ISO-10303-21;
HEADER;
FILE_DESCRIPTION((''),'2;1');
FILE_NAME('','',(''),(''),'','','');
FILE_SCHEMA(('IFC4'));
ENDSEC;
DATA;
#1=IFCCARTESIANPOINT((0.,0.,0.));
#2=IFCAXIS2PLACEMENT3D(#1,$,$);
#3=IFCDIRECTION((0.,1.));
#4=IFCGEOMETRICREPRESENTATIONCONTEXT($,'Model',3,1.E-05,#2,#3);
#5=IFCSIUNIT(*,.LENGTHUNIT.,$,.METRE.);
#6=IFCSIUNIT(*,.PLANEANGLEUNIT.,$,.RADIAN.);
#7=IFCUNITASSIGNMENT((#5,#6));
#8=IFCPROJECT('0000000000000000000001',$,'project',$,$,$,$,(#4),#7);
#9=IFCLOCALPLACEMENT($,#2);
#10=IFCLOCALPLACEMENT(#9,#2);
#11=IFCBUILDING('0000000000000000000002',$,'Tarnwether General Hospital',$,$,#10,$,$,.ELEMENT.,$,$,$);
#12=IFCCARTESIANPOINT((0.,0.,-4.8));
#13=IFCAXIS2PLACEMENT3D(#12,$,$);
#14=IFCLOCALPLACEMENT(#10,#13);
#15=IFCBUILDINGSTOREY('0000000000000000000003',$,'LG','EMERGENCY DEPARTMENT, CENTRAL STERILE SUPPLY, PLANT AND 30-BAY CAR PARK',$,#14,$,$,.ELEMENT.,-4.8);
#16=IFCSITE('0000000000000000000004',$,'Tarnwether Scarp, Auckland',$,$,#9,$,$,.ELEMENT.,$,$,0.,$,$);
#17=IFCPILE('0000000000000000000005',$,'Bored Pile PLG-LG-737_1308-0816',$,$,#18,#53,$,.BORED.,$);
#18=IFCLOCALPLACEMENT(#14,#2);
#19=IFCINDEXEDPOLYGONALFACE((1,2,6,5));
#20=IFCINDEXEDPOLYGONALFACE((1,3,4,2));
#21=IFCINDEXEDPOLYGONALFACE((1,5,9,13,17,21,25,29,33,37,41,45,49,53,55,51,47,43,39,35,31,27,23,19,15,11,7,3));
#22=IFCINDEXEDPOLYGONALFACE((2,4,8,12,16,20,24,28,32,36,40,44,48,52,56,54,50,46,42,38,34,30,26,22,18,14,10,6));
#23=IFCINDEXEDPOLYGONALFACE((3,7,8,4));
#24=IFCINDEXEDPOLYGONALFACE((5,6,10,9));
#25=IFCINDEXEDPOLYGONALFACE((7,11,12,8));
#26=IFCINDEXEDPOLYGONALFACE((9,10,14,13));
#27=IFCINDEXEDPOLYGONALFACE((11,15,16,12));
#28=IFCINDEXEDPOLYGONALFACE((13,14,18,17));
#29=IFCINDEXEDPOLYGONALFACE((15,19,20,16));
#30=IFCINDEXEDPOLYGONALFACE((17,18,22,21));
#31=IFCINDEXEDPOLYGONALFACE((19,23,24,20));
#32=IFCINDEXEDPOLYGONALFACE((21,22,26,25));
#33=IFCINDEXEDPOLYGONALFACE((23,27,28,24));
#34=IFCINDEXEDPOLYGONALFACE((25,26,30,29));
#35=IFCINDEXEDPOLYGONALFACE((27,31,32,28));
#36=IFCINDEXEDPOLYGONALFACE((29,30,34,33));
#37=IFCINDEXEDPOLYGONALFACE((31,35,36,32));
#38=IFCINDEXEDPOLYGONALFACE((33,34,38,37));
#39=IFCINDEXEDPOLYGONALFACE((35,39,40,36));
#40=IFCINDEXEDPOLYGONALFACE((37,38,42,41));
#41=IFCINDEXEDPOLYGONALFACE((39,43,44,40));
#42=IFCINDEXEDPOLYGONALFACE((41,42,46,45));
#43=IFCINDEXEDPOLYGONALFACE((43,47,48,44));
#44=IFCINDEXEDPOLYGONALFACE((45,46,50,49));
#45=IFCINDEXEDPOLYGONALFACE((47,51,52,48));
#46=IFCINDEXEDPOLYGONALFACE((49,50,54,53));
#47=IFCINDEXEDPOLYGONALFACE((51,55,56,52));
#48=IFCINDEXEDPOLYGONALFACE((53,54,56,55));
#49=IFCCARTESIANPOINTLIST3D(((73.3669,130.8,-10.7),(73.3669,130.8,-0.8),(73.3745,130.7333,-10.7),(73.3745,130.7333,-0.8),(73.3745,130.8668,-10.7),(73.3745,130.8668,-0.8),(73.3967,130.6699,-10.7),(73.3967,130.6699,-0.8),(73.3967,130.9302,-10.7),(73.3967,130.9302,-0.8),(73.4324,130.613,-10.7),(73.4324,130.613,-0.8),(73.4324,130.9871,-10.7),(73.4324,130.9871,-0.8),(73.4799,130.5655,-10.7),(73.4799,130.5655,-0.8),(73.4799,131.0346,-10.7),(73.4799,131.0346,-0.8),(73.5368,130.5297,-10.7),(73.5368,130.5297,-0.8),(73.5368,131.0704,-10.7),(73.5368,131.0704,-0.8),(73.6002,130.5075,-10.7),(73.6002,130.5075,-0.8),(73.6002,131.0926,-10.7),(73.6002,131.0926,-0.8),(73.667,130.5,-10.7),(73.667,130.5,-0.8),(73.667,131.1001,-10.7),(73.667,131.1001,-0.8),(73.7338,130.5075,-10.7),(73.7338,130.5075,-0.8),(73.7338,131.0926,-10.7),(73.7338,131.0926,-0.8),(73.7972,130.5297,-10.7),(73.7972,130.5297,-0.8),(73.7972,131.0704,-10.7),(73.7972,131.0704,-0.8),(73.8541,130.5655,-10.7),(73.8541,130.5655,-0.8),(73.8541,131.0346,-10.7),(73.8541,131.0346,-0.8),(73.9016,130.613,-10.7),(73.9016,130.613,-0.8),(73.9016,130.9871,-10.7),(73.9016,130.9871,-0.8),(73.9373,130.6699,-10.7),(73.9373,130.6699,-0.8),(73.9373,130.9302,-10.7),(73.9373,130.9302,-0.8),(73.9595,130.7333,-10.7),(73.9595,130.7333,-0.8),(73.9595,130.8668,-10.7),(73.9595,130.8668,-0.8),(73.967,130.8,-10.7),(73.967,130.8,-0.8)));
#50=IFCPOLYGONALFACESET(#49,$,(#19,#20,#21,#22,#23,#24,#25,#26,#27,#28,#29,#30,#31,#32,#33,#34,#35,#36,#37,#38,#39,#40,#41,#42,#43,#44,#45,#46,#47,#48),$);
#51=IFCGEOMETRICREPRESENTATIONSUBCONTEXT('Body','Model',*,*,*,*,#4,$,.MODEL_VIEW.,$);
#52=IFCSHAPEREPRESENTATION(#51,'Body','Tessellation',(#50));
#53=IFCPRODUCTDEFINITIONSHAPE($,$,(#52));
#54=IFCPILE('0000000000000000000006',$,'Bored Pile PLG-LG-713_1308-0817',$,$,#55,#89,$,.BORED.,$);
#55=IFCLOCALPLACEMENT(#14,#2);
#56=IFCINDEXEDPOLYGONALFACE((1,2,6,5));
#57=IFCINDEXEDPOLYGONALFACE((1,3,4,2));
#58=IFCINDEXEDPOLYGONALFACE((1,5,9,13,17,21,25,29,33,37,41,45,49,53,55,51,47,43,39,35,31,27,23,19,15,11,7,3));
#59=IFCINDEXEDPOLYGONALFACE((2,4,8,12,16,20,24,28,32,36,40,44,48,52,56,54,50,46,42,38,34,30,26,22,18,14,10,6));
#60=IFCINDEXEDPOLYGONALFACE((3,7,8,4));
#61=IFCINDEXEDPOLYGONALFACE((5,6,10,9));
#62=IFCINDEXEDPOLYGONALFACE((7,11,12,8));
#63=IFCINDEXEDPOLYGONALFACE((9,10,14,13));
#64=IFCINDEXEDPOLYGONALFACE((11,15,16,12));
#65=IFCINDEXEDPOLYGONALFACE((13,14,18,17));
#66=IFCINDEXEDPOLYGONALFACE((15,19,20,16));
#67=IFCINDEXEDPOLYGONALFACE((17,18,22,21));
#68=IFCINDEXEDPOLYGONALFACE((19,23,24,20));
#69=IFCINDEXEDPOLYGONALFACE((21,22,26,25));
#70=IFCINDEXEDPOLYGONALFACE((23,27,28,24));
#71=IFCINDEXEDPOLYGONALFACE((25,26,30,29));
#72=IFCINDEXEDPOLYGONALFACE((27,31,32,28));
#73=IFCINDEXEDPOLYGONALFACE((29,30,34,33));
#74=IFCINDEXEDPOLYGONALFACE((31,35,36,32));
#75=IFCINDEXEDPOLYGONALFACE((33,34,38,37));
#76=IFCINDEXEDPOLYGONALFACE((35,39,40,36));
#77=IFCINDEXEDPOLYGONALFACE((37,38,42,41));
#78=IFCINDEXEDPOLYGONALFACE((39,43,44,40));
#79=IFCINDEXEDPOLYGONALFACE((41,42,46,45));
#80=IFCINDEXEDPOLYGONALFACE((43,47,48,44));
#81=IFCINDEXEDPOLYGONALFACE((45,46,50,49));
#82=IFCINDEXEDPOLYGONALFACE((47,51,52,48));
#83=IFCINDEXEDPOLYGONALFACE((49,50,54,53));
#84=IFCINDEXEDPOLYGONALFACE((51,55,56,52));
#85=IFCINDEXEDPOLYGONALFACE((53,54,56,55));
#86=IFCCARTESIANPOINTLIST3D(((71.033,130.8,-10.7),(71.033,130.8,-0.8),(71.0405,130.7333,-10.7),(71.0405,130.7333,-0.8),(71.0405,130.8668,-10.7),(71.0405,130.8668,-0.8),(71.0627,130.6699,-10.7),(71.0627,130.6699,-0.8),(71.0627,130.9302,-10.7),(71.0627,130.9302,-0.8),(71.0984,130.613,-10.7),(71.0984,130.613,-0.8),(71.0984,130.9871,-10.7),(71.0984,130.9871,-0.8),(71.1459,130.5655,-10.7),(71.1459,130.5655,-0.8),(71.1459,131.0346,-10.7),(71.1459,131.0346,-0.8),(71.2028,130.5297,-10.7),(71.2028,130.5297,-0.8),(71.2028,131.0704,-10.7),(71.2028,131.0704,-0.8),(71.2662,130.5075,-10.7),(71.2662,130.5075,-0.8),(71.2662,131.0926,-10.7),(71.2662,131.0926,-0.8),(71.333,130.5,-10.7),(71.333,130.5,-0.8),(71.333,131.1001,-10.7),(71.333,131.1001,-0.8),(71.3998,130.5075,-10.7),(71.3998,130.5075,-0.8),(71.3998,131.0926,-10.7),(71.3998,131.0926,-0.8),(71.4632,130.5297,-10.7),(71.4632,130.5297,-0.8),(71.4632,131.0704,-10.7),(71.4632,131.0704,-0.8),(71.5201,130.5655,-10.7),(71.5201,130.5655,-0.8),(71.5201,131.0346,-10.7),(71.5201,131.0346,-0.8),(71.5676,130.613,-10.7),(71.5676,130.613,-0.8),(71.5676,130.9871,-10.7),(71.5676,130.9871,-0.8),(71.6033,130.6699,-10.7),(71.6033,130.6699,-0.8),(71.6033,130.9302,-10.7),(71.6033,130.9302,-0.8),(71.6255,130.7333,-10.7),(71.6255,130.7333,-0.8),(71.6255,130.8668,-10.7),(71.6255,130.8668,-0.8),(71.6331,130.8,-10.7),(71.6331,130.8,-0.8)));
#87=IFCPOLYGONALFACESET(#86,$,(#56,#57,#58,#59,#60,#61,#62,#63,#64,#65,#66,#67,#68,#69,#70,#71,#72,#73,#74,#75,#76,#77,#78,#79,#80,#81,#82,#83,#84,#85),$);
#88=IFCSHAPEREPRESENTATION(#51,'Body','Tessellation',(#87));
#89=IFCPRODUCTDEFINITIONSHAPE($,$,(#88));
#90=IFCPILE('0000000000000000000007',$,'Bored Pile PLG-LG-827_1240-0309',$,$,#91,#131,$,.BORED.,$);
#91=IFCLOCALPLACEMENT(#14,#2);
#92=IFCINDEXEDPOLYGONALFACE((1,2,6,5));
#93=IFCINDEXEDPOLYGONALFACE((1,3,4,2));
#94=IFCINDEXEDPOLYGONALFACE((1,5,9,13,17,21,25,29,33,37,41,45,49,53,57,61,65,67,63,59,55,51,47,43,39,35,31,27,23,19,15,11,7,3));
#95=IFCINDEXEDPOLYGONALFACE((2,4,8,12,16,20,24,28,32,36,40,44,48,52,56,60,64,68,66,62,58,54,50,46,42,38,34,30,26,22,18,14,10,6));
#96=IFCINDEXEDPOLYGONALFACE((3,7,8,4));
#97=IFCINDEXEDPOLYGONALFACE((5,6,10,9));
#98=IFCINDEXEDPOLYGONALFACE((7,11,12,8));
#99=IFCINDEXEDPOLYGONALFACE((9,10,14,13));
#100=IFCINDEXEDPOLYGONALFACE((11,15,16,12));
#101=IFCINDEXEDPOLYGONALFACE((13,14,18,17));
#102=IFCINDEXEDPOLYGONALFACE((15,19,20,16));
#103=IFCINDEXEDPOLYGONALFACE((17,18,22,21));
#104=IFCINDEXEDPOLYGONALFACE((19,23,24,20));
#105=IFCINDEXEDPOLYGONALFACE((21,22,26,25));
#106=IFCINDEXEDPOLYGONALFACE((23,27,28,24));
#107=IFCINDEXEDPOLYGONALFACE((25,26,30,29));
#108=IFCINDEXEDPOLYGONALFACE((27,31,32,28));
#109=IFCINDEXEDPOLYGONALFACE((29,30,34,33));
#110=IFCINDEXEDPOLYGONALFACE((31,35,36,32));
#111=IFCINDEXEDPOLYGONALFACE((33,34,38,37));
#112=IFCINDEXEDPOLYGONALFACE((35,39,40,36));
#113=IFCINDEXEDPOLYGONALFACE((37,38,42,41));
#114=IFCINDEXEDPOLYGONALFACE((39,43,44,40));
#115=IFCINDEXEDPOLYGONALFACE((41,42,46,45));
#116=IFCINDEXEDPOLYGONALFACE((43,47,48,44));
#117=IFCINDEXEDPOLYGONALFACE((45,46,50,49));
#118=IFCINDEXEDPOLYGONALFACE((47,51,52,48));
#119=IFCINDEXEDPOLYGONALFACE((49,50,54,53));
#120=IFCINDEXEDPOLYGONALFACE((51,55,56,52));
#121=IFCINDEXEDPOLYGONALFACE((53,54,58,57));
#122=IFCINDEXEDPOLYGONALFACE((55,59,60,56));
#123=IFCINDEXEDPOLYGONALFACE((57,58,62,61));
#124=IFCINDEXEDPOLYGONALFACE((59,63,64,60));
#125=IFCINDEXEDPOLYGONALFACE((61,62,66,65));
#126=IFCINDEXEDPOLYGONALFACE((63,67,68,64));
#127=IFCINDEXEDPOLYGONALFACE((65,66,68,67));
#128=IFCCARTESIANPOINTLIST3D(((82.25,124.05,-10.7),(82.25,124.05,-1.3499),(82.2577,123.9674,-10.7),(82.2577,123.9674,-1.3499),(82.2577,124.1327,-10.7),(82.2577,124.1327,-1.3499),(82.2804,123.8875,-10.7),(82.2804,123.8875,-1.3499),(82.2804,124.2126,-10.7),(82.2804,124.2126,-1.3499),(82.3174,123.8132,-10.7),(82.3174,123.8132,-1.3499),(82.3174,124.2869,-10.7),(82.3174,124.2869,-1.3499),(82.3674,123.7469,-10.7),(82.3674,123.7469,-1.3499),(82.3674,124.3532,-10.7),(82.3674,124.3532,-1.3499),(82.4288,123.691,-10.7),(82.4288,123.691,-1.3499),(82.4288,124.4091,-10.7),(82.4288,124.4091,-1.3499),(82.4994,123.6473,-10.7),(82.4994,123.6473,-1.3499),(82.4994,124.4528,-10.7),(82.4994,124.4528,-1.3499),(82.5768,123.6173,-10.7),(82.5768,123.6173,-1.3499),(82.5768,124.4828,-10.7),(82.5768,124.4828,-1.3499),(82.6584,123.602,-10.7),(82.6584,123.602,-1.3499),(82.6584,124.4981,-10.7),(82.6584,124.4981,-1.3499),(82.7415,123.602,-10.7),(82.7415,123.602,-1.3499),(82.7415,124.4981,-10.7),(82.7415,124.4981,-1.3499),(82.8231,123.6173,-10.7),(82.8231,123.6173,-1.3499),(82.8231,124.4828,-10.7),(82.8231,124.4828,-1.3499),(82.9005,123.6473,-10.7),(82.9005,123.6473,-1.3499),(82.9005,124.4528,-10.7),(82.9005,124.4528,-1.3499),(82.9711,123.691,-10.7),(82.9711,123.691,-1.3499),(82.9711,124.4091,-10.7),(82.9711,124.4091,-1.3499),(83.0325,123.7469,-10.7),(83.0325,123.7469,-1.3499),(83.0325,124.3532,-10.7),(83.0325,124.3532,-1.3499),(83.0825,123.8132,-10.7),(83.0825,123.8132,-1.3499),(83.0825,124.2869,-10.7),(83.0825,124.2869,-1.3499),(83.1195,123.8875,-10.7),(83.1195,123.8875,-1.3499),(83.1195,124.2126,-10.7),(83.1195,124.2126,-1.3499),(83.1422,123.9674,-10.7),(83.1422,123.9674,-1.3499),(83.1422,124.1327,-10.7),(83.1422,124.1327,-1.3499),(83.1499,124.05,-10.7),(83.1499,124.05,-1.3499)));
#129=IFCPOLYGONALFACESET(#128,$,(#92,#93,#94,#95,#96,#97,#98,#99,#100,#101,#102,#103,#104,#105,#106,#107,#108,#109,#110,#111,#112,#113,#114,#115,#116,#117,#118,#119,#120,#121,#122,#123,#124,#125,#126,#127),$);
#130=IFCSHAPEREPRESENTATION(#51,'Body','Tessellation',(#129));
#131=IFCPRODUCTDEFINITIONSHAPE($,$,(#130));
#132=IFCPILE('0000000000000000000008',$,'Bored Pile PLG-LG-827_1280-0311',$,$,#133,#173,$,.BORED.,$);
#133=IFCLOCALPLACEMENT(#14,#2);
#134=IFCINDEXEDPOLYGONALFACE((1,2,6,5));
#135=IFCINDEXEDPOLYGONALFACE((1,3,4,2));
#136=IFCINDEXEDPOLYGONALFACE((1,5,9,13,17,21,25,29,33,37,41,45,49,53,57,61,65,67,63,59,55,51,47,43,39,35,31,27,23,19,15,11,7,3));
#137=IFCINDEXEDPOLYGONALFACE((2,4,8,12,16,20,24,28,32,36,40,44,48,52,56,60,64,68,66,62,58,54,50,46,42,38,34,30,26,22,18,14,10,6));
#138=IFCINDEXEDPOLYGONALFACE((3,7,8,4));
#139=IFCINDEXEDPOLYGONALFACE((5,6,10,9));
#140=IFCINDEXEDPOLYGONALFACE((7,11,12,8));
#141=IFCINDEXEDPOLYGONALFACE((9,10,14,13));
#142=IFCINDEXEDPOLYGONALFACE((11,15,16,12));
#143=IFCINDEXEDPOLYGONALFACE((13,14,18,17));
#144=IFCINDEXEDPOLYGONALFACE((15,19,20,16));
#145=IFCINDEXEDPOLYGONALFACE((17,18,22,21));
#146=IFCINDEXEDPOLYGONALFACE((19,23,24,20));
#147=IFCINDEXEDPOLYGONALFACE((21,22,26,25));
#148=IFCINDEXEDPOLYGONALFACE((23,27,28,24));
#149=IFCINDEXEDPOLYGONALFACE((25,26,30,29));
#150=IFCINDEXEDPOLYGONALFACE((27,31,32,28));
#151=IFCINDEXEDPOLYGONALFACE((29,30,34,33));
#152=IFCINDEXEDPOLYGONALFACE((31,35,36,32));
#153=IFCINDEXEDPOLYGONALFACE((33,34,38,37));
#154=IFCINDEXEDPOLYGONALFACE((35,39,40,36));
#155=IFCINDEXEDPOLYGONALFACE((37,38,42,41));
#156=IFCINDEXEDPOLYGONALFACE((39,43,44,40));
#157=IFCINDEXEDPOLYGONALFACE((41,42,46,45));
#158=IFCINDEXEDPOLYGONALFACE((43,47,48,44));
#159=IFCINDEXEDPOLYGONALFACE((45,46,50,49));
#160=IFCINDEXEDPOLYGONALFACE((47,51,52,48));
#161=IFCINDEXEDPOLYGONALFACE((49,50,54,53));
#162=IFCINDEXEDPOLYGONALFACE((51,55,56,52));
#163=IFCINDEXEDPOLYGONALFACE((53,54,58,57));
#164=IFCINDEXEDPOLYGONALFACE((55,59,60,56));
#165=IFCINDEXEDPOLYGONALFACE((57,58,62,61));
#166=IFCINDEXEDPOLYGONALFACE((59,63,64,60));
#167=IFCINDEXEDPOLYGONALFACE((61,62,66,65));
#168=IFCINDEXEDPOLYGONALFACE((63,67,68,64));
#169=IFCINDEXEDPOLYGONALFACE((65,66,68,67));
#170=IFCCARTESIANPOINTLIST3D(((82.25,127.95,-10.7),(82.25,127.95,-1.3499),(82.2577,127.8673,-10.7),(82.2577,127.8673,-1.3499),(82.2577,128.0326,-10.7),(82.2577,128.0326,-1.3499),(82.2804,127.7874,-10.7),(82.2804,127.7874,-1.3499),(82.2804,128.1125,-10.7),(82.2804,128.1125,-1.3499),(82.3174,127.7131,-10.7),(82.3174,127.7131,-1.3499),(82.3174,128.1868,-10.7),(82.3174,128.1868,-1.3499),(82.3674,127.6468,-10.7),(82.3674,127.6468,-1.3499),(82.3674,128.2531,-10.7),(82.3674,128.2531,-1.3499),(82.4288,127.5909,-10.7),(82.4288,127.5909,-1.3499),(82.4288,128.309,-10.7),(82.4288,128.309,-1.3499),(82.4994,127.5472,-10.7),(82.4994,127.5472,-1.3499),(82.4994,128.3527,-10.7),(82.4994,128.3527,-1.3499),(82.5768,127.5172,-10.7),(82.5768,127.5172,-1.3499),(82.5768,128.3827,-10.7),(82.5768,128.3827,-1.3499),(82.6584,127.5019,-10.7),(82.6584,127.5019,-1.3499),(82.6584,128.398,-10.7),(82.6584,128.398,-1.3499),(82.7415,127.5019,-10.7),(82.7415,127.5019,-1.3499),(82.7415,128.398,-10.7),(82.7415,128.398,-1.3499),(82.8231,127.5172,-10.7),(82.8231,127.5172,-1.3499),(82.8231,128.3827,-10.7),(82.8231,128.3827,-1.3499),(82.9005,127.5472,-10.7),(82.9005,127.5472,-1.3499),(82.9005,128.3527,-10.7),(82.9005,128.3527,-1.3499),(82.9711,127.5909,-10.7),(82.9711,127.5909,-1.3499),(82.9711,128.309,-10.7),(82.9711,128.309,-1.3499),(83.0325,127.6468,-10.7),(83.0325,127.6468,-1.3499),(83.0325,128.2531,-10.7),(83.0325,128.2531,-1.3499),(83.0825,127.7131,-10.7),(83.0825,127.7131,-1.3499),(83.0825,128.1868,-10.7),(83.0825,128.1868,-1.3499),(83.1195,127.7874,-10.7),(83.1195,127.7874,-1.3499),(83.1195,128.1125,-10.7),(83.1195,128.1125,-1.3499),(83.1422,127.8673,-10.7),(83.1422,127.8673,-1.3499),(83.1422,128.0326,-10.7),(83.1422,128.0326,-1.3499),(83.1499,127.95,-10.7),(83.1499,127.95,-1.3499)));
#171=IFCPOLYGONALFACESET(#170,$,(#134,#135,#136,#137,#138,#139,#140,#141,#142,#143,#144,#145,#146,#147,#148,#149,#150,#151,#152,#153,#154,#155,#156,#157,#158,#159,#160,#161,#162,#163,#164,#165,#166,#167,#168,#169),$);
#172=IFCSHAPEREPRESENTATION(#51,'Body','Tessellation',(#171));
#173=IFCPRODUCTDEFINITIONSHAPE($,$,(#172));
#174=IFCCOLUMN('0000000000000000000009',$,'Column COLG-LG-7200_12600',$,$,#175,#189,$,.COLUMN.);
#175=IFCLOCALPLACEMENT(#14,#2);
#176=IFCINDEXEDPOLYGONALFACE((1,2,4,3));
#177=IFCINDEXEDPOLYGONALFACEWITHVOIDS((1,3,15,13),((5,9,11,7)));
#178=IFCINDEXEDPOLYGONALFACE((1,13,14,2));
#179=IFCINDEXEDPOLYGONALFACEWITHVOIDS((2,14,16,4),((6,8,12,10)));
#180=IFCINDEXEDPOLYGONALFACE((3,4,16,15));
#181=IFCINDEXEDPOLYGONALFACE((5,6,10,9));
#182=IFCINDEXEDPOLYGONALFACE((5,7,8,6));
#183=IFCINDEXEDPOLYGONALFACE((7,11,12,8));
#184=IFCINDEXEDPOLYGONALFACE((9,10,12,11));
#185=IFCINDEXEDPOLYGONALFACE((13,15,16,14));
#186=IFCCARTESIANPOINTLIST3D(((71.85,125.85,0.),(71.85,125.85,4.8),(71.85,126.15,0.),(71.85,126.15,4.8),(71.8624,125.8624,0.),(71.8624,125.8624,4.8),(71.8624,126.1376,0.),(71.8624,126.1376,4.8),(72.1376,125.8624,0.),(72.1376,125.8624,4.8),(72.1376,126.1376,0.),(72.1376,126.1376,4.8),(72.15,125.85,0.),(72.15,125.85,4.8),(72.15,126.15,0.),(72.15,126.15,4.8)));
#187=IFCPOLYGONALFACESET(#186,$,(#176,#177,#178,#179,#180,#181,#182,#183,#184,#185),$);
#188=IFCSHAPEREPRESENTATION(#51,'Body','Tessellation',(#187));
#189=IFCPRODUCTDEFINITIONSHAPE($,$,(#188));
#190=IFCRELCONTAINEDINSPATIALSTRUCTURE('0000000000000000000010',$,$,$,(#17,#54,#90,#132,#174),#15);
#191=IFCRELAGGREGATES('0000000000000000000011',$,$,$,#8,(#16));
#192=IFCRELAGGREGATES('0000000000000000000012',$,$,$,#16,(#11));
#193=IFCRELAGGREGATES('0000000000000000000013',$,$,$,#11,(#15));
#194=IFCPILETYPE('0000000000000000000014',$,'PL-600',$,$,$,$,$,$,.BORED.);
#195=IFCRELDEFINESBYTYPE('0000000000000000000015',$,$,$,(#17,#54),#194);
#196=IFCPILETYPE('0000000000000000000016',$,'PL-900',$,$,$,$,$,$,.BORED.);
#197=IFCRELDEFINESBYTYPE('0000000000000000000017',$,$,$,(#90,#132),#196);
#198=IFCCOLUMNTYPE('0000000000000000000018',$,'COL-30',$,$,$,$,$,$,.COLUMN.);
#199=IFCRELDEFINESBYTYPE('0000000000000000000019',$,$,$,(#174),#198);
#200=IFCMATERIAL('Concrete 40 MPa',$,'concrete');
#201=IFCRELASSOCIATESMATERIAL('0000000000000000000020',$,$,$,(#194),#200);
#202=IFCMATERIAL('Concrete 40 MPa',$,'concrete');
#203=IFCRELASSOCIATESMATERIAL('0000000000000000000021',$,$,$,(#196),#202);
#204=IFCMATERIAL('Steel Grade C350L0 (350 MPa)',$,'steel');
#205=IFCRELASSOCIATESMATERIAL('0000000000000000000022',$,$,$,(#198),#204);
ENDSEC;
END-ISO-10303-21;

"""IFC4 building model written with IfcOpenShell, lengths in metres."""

from ifc_helpers import new_model, si_unit, direction, frame, origin, origin_2d, place, context, subcontext, project, spatial, hollow_rectangle, circle, extrude, material, material_profile, profile_set, type_object, element, save


model = new_model("IFC4")

# Units and contexts
model_context = context("Model", 3, precision=1e-05, world=origin(), true_north=direction((0.0, 1.0)))
body_context = subcontext(model_context, "Body", "Model", "MODEL_VIEW")
ifc_project = project(units=[si_unit("LENGTHUNIT", "METRE"), si_unit("PLANEANGLEUNIT", "RADIAN")], contexts=[model_context])

# Site, building, storey
site_placement = place(None, origin())
site = spatial("IfcSite", under=ifc_project, at=site_placement, Name="Tarnwether Scarp, Auckland", CompositionType="ELEMENT", RefElevation=0.0)
building_placement = place(site_placement, origin())
building = spatial("IfcBuilding", under=site, at=building_placement, Name="Tarnwether General Hospital", CompositionType="ELEMENT")
storey_placement = place(building_placement, frame((0.0, 0.0, -4.8)))
storey = spatial("IfcBuildingStorey", under=building, at=storey_placement, Name="LG", Description="EMERGENCY DEPARTMENT, CENTRAL STERILE SUPPLY, PLANT AND 30-BAY CAR PARK", CompositionType="ELEMENT", Elevation=-4.8)

# Piles
ifc_material_1 = material(Name="Concrete 40 MPa", Category="concrete")
ifc_material_profile_1 = material_profile(ifc_material_1, circle(Radius=0.3, at=origin_2d()), Name="PILE-D600")
ifc_profile_set_1 = profile_set([ifc_material_profile_1], Name="Concrete 40 MPa")
pile_type_1 = type_object("IfcPileType", Name="PL-600", PredefinedType="BORED", material=ifc_profile_set_1)
for number, where, z_axis, x_axis, name in (
    (1, (73.667, 130.8, -0.8), (0.0, 0.0, -1.0), (1.0, 0.0, 0.0), "Bored Pile PLG-LG-737_1308-0816"),
    (2, (71.333, 130.8, -0.8), (0.0, 0.0, -1.0), (1.0, 0.0, 0.0), "Bored Pile PLG-LG-713_1308-0817"),
):
    element("IfcPile", number, at=place(storey_placement, frame(where, z_axis=z_axis, x_axis=x_axis)), inside=storey, type_object=pile_type_1, Name=name, PredefinedType="BORED", context=body_context, shape_type="SweptSolid", body=[
        extrude(circle(Radius=0.3, at=origin_2d()), origin(), (0.0, 0.0, 1.0), 9.8999),
    ])
ifc_material_2 = material(Name="Concrete 40 MPa", Category="concrete")
ifc_material_profile_2 = material_profile(ifc_material_2, circle(Radius=0.45, at=origin_2d()), Name="PILE-D900")
ifc_profile_set_2 = profile_set([ifc_material_profile_2], Name="Concrete 40 MPa")
pile_type_2 = type_object("IfcPileType", Name="PL-900", PredefinedType="BORED", material=ifc_profile_set_2)
for number, where, z_axis, x_axis, name in (
    (3, (82.7, 124.05, -1.3499), (0.0, 0.0, -1.0), (1.0, 0.0, 0.0), "Bored Pile PLG-LG-827_1240-0309"),
    (4, (82.7, 127.95, -1.3499), (0.0, 0.0, -1.0), (1.0, 0.0, 0.0), "Bored Pile PLG-LG-827_1280-0311"),
):
    element("IfcPile", number, at=place(storey_placement, frame(where, z_axis=z_axis, x_axis=x_axis)), inside=storey, type_object=pile_type_2, Name=name, PredefinedType="BORED", context=body_context, shape_type="SweptSolid", body=[
        extrude(circle(Radius=0.45, at=origin_2d()), origin(), (0.0, 0.0, 1.0), 9.3501),
    ])

# Column
ifc_material_3 = material(Name="Steel Grade C350L0 (350 MPa)", Category="steel")
ifc_material_profile_3 = material_profile(ifc_material_3, hollow_rectangle(XDim=0.3, YDim=0.3, WallThickness=0.0125, at=origin_2d()), Name="SHS300x300x12.5")
ifc_profile_set_3 = profile_set([ifc_material_profile_3], Name="Steel Grade C350L0 (350 MPa)")
column_type = type_object("IfcColumnType", Name="COL-30", PredefinedType="COLUMN", material=ifc_profile_set_3)
column_placement = place(storey_placement, frame((72.0, 126.0, 0.0), z_axis=(0.0, 0.0, 1.0), x_axis=(1.0, 0.0, 0.0)))
element("IfcColumn", 5, at=column_placement, inside=storey, type_object=column_type, Name="Column COLG-LG-7200_12600", PredefinedType="COLUMN", context=body_context, shape_type="SweptSolid", body=[
    extrude(hollow_rectangle(XDim=0.3, YDim=0.3, WallThickness=0.0125, at=origin_2d()), origin(), (0.0, 0.0, 1.0), 4.8),
])

save(model, "model.ifc")
